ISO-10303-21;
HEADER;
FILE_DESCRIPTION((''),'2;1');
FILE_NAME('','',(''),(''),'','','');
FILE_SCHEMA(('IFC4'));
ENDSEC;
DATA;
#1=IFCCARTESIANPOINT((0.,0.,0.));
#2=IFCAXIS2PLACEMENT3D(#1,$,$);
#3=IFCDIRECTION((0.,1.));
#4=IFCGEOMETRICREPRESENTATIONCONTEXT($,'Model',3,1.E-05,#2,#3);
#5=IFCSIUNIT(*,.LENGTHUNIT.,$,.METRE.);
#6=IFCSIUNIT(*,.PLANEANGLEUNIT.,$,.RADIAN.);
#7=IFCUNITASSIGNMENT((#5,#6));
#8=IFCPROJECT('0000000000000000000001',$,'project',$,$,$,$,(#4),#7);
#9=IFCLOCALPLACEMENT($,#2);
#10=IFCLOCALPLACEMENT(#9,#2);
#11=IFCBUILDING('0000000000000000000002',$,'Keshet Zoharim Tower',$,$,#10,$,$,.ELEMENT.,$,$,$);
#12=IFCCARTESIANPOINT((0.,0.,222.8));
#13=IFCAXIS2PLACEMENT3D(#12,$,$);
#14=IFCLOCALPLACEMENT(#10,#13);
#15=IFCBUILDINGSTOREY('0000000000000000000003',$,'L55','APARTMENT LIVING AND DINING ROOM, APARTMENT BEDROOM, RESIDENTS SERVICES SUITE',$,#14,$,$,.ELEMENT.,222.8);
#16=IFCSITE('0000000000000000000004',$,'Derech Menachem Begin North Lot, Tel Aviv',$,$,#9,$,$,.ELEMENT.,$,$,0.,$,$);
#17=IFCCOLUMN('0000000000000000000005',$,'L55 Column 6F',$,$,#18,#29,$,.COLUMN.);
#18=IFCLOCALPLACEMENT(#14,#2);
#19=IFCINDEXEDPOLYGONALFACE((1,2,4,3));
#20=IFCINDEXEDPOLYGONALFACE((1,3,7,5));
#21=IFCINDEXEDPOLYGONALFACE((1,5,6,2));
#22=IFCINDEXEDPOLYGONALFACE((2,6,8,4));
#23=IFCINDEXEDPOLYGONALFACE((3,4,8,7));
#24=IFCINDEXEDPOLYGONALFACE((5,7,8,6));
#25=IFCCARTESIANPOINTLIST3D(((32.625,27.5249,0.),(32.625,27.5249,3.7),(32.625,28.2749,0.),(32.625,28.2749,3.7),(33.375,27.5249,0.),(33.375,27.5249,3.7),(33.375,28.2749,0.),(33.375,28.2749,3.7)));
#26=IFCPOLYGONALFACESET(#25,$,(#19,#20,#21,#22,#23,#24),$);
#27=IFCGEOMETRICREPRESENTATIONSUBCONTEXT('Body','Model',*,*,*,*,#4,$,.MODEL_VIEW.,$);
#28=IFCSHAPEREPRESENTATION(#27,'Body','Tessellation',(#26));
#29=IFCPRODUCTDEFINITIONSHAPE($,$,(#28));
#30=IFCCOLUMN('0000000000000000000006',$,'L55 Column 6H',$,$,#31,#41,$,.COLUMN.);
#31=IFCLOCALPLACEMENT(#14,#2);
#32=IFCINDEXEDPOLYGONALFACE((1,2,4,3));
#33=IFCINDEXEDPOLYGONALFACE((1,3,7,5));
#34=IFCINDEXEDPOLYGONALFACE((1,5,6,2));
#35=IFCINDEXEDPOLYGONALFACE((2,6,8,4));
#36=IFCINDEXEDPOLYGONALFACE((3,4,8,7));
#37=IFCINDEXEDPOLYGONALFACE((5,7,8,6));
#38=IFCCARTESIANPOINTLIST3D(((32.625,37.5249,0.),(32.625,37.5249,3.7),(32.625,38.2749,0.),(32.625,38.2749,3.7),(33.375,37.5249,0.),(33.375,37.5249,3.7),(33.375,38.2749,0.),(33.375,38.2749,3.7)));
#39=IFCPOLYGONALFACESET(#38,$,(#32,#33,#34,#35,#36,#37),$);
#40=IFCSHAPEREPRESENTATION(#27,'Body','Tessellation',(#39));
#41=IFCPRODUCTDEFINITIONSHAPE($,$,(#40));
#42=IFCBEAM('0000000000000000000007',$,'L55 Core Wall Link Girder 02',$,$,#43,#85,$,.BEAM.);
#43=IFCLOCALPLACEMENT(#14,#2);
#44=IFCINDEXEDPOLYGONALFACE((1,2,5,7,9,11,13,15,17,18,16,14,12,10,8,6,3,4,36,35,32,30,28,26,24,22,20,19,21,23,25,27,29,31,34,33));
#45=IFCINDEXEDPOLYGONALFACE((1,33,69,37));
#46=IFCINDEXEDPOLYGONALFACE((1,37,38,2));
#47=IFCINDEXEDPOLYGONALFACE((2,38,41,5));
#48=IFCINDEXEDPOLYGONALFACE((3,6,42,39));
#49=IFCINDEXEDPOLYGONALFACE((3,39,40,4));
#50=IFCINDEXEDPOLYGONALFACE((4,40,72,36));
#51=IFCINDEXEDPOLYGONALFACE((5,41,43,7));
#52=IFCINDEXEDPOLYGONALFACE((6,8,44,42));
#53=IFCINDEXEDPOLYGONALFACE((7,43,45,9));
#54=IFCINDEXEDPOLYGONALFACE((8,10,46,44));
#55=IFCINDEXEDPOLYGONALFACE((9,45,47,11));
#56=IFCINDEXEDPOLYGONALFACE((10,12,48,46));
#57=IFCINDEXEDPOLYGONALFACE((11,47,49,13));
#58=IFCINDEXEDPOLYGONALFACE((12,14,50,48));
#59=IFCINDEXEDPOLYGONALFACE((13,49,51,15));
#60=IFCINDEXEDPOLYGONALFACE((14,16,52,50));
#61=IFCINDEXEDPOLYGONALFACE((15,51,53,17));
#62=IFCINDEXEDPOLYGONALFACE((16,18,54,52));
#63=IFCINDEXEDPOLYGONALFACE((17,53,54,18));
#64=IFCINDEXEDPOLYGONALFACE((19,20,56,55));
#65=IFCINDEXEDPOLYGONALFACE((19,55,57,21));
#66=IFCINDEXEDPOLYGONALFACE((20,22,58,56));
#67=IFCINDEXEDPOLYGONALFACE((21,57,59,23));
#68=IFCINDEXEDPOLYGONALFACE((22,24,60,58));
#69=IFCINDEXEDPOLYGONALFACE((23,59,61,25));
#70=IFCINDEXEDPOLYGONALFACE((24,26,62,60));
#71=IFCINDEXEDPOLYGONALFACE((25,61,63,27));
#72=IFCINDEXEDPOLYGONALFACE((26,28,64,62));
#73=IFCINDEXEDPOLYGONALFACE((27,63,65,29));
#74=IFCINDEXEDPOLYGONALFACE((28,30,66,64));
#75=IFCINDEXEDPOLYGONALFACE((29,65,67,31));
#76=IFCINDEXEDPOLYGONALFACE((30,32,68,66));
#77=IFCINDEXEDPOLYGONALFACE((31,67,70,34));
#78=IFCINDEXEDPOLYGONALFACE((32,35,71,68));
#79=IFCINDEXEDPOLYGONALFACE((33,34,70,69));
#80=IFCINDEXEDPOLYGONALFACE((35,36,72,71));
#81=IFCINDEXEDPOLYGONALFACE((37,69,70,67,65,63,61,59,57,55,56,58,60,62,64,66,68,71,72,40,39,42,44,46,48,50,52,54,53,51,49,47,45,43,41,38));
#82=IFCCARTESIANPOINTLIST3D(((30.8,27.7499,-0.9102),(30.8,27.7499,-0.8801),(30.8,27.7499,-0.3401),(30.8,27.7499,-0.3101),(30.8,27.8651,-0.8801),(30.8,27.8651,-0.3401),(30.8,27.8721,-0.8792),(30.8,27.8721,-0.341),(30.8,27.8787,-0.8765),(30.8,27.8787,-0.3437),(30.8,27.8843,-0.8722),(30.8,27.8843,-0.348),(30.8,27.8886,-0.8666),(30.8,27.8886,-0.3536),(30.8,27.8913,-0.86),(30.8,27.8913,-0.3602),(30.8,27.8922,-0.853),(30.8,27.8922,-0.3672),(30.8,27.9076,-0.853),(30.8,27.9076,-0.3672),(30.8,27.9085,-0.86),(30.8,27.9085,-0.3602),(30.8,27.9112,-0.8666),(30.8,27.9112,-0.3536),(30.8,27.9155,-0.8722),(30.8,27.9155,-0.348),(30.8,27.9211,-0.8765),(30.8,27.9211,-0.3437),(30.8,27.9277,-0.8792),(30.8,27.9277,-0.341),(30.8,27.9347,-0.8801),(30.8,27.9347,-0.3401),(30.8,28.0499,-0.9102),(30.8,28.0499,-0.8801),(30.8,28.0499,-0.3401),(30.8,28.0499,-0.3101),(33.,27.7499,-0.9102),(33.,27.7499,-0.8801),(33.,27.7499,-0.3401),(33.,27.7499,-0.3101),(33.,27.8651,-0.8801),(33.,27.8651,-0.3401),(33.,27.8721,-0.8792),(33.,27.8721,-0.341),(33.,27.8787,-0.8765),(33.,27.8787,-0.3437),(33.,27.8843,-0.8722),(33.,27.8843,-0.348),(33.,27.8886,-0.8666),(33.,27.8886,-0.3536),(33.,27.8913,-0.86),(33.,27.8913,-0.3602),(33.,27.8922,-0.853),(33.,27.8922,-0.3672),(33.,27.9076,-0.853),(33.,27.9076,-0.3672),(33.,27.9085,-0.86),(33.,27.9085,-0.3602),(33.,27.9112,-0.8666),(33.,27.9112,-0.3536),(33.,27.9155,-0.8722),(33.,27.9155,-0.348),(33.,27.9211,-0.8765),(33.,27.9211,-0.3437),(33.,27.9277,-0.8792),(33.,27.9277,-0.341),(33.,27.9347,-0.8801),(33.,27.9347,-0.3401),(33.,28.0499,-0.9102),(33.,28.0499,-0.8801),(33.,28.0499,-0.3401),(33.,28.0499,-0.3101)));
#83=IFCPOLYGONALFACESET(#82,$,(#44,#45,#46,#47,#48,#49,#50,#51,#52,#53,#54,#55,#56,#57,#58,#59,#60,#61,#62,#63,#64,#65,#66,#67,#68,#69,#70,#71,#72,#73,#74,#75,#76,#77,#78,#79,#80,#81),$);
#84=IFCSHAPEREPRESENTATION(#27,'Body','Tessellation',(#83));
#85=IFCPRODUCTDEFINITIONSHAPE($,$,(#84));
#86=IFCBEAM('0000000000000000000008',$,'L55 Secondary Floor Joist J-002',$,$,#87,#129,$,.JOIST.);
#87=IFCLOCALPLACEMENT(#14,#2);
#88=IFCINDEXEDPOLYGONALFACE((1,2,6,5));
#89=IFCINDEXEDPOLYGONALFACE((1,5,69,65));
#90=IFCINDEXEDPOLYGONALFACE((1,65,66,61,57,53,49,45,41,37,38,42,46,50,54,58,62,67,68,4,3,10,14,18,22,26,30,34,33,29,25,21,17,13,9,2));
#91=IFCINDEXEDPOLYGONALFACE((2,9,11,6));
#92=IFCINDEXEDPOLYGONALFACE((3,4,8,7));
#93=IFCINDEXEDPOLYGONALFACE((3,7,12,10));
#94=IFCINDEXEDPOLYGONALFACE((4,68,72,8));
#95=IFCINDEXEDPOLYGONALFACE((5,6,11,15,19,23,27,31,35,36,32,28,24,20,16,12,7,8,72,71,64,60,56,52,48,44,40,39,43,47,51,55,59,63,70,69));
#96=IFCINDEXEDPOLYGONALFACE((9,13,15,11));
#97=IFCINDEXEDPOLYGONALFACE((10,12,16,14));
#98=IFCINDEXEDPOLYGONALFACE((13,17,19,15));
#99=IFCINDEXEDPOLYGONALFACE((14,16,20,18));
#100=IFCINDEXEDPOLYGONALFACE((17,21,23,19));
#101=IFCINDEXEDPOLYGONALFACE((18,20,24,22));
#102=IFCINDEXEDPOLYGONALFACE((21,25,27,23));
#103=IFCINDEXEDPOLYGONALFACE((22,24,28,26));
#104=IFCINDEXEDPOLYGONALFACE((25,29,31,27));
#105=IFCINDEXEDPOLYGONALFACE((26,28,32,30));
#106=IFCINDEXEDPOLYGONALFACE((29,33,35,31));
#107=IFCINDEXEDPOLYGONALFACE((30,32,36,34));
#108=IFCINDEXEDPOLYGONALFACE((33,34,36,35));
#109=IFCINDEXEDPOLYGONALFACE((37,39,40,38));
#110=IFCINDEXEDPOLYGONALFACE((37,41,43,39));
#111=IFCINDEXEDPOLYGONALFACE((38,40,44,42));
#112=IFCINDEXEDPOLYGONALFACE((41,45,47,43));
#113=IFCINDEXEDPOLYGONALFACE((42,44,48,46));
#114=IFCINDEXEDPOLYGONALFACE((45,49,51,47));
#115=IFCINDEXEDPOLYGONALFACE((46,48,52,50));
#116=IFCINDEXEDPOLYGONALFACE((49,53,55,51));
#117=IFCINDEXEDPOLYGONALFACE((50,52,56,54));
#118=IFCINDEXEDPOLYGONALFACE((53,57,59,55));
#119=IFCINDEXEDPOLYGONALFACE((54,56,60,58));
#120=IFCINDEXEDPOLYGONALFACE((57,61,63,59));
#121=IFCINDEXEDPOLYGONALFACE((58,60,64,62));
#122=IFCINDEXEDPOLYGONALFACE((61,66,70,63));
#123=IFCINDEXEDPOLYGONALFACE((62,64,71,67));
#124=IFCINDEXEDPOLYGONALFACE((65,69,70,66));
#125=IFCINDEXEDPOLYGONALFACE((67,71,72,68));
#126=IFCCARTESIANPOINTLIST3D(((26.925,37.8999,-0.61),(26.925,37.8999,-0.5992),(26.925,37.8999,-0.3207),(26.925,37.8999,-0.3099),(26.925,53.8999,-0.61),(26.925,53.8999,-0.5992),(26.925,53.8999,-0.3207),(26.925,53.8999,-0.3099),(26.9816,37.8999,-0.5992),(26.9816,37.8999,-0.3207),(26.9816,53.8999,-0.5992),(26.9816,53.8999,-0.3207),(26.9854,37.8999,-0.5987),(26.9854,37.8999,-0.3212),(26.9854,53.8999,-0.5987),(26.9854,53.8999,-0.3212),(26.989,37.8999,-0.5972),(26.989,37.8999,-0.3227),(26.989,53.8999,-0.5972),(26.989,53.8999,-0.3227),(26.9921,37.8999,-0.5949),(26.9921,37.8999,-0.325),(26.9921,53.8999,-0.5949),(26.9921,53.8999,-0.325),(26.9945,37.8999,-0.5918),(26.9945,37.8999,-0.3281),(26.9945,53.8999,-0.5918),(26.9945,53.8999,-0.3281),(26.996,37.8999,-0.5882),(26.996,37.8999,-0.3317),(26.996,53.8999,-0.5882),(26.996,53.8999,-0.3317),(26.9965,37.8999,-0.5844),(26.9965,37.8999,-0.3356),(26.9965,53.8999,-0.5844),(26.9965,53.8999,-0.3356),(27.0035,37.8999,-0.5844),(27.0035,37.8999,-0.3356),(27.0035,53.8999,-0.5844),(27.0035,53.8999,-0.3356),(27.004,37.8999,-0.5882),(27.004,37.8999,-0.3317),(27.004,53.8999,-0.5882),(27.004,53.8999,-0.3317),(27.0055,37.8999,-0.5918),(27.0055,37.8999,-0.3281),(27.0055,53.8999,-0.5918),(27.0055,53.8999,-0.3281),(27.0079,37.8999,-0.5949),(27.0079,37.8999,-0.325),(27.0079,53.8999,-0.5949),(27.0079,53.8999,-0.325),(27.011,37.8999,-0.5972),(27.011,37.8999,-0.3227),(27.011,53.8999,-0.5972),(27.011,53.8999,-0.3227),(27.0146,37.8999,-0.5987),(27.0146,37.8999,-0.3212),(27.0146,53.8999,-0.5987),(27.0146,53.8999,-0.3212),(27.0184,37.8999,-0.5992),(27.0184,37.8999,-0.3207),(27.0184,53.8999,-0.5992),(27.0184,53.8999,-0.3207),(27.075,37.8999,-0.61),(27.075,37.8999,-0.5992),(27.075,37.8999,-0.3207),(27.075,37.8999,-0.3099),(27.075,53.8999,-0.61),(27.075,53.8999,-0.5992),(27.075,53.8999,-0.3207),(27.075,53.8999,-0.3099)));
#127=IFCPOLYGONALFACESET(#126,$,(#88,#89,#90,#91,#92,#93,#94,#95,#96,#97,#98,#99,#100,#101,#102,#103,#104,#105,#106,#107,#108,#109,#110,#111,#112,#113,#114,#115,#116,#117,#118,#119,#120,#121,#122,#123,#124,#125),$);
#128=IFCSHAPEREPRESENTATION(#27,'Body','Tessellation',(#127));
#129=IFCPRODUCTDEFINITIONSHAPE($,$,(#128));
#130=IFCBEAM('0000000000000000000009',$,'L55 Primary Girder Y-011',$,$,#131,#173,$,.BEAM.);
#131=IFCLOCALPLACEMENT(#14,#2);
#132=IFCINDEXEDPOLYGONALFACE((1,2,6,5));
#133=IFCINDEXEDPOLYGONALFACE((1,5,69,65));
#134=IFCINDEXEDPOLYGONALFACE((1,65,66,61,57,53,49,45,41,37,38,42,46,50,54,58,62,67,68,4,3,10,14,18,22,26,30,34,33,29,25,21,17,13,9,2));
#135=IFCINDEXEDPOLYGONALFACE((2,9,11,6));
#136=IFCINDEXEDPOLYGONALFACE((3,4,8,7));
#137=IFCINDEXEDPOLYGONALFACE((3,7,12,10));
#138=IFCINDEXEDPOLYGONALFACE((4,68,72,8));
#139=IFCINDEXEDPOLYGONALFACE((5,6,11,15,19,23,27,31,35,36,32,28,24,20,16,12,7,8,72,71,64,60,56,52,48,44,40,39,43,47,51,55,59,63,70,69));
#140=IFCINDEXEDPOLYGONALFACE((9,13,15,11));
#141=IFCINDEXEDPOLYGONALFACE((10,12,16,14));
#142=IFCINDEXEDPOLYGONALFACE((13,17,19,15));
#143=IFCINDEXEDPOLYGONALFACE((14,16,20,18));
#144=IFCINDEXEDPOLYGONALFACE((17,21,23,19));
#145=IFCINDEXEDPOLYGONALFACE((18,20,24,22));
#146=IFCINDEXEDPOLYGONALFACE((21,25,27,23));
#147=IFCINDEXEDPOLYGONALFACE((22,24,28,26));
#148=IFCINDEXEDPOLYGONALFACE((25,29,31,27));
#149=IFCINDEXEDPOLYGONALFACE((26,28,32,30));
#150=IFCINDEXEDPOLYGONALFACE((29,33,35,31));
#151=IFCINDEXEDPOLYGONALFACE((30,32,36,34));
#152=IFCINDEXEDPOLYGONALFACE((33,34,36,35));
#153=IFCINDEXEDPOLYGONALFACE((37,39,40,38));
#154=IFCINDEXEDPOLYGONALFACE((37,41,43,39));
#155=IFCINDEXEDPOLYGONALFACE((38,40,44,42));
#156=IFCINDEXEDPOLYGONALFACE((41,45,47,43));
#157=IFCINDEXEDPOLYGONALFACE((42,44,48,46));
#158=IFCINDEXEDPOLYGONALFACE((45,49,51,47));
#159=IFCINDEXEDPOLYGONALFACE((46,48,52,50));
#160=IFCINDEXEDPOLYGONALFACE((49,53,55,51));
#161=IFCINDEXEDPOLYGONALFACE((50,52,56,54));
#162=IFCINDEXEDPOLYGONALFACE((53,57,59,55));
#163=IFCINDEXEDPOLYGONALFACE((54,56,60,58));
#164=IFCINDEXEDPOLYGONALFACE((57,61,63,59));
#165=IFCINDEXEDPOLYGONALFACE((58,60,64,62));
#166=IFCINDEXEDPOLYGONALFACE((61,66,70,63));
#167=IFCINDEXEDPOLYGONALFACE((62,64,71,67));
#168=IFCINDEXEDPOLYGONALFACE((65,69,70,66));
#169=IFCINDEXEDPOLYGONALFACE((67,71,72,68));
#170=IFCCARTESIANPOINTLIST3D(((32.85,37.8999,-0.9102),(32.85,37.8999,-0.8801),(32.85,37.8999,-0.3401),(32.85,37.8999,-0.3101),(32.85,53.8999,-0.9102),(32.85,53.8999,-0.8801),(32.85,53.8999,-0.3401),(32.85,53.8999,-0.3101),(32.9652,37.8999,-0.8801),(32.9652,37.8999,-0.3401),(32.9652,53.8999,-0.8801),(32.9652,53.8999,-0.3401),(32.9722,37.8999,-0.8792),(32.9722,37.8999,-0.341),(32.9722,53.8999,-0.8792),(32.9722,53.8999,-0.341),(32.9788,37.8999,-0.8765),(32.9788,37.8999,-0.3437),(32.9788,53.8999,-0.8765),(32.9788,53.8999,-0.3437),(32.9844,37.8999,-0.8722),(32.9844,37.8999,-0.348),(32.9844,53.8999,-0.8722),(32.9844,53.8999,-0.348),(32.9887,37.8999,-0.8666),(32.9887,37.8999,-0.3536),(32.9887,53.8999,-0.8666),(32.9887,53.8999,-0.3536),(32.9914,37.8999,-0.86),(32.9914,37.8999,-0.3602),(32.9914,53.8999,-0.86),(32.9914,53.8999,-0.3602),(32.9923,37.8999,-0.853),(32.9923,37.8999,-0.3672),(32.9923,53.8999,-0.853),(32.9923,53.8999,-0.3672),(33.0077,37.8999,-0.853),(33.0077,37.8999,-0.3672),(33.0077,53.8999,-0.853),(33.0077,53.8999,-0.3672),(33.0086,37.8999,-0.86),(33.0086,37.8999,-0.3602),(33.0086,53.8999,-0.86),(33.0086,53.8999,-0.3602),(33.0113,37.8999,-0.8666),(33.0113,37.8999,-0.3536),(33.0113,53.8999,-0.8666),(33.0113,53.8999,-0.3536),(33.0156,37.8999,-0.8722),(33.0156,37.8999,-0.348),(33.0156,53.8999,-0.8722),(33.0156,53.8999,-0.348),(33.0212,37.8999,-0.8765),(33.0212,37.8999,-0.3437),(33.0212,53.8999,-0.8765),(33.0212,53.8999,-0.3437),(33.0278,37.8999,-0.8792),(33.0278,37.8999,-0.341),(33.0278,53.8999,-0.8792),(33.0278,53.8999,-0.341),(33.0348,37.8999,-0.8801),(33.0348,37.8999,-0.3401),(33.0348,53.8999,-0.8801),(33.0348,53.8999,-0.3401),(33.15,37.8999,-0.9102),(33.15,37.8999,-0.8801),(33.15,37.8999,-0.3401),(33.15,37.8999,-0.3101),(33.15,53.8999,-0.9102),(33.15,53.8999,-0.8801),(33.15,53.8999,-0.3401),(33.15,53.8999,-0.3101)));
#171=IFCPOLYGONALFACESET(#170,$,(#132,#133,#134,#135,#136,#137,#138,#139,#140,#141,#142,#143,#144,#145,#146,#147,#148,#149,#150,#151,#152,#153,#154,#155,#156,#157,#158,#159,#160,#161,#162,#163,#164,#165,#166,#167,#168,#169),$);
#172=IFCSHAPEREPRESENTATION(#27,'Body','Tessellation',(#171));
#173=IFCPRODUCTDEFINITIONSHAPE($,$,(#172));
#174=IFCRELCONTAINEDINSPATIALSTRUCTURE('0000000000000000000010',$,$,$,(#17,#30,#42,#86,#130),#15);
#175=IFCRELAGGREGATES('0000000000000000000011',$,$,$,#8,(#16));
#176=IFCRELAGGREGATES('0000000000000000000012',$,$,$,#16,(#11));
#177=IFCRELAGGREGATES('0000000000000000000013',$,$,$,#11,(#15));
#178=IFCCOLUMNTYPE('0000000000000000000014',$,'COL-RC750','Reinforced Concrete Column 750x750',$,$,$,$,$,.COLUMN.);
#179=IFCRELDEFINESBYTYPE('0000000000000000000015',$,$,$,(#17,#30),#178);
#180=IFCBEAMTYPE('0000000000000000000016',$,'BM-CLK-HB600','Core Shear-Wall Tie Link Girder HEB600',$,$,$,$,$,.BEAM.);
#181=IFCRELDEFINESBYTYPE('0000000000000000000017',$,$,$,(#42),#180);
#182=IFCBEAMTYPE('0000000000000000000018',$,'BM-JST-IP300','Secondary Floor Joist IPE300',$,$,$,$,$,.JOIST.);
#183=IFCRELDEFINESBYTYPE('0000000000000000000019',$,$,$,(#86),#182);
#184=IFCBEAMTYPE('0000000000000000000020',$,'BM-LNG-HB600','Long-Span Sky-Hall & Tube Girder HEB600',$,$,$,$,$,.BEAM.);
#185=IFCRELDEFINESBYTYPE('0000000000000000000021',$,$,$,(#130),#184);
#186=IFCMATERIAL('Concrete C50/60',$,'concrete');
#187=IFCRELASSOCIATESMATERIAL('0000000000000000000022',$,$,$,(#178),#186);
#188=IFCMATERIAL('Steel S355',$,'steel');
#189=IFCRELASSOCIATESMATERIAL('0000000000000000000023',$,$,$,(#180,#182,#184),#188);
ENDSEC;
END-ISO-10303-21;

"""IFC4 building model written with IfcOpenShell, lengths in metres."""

from ifc_helpers import new_model, si_unit, direction, frame, origin, origin_2d, place, context, subcontext, project, spatial, rectangle, i_section, extrude, material, material_profile, profile_set, type_object, element, save


model = new_model("IFC4")

# Units and contexts
model_context = context("Model", 3, precision=1e-05, world=origin(), true_north=direction((0.0, 1.0)))
body_context = subcontext(model_context, "Body", "Model", "MODEL_VIEW")
ifc_project = project(units=[si_unit("LENGTHUNIT", "METRE"), si_unit("PLANEANGLEUNIT", "RADIAN")], contexts=[model_context])

# Site, building, storey
site_placement = place(None, origin())
site = spatial("IfcSite", under=ifc_project, at=site_placement, Name="Derech Menachem Begin North Lot, Tel Aviv", CompositionType="ELEMENT", RefElevation=0.0)
building_placement = place(site_placement, origin())
building = spatial("IfcBuilding", under=site, at=building_placement, Name="Keshet Zoharim Tower", CompositionType="ELEMENT")
storey_placement = place(building_placement, frame((0.0, 0.0, 222.8)))
storey = spatial("IfcBuildingStorey", under=building, at=storey_placement, Name="L55", Description="APARTMENT LIVING AND DINING ROOM, APARTMENT BEDROOM, RESIDENTS SERVICES SUITE", CompositionType="ELEMENT", Elevation=222.8)

# Columns
ifc_material_1 = material(Name="Concrete C50/60", Category="concrete")
ifc_material_profile_1 = material_profile(ifc_material_1, rectangle(XDim=0.75, YDim=0.75, at=origin_2d()), Name="RC750x750")
ifc_profile_set_1 = profile_set([ifc_material_profile_1], Name="Concrete C50/60")
column_type = type_object("IfcColumnType", Name="COL-RC750", Description="Reinforced Concrete Column 750x750", PredefinedType="COLUMN", material=ifc_profile_set_1)
for number, where, z_axis, x_axis, name in (
    (1, (33.0, 27.8999, 0.0), (0.0, 0.0, 1.0), (1.0, 0.0, 0.0), "L55 Column 6F"),
    (2, (33.0, 37.8999, 0.0), (0.0, 0.0, 1.0), (1.0, 0.0, 0.0), "L55 Column 6H"),
):
    element("IfcColumn", number, at=place(storey_placement, frame(where, z_axis=z_axis, x_axis=x_axis)), inside=storey, type_object=column_type, Name=name, PredefinedType="COLUMN", context=body_context, shape_type="SweptSolid", body=[
        extrude(rectangle(XDim=0.75, YDim=0.75, at=origin_2d()), origin(), (0.0, 0.0, 1.0), 3.7),
    ])

# Beams
ifc_material_2 = material(Name="Steel S355", Category="steel")
ifc_material_profile_2 = material_profile(ifc_material_2, i_section(OverallWidth=0.3, OverallDepth=0.6001, WebThickness=0.0154, FlangeThickness=0.03, FilletRadius=0.0271, at=origin_2d()), Name="HEB600")
ifc_profile_set_2 = profile_set([ifc_material_profile_2], Name="Steel S355")
beam_type_1 = type_object("IfcBeamType", Name="BM-CLK-HB600", Description="Core Shear-Wall Tie Link Girder HEB600", PredefinedType="BEAM", material=ifc_profile_set_2)
beam_1_placement = place(storey_placement, frame((30.8, 27.8999, -0.6101), z_axis=(1.0, 0.0, 0.0), x_axis=(0.0, 1.0, 0.0)))
element("IfcBeam", 3, at=beam_1_placement, inside=storey, type_object=beam_type_1, Name="L55 Core Wall Link Girder 02", PredefinedType="BEAM", context=body_context, shape_type="SweptSolid", body=[
    extrude(i_section(OverallWidth=0.3, OverallDepth=0.6001, WebThickness=0.0154, FlangeThickness=0.03, FilletRadius=0.0271, at=origin_2d()), origin(), (0.0, 0.0, 1.0), 2.2),
])
ifc_material_profile_3 = material_profile(ifc_material_2, i_section(OverallWidth=0.1499, OverallDepth=0.3, WebThickness=0.0071, FlangeThickness=0.0107, FilletRadius=0.0149, at=origin_2d()), Name="IPE300")
ifc_profile_set_3 = profile_set([ifc_material_profile_3], Name="Steel S355")
beam_type_2 = type_object("IfcBeamType", Name="BM-JST-IP300", Description="Secondary Floor Joist IPE300", PredefinedType="JOIST", material=ifc_profile_set_3)
beam_2_placement = place(storey_placement, frame((27.0, 37.8999, -0.46), z_axis=(0.0, 1.0, 0.0), x_axis=(-1.0, 0.0, 0.0)))
element("IfcBeam", 4, at=beam_2_placement, inside=storey, type_object=beam_type_2, Name="L55 Secondary Floor Joist J-002", PredefinedType="JOIST", context=body_context, shape_type="SweptSolid", body=[
    extrude(i_section(OverallWidth=0.1499, OverallDepth=0.3, WebThickness=0.0071, FlangeThickness=0.0107, FilletRadius=0.0149, at=origin_2d()), origin(), (0.0, 0.0, 1.0), 16.0),
])
ifc_material_profile_4 = material_profile(ifc_material_2, i_section(OverallWidth=0.3, OverallDepth=0.6001, WebThickness=0.0154, FlangeThickness=0.03, FilletRadius=0.0271, at=origin_2d()), Name="HEB600")
ifc_profile_set_4 = profile_set([ifc_material_profile_4], Name="Steel S355")
beam_type_3 = type_object("IfcBeamType", Name="BM-LNG-HB600", Description="Long-Span Sky-Hall & Tube Girder HEB600", PredefinedType="BEAM", material=ifc_profile_set_4)
beam_3_placement = place(storey_placement, frame((33.0, 37.8999, -0.6101), z_axis=(0.0, 1.0, 0.0), x_axis=(-1.0, 0.0, 0.0)))
element("IfcBeam", 5, at=beam_3_placement, inside=storey, type_object=beam_type_3, Name="L55 Primary Girder Y-011", PredefinedType="BEAM", context=body_context, shape_type="SweptSolid", body=[
    extrude(i_section(OverallWidth=0.3, OverallDepth=0.6001, WebThickness=0.0154, FlangeThickness=0.03, FilletRadius=0.0271, at=origin_2d()), origin(), (0.0, 0.0, 1.0), 16.0),
])

save(model, "model.ifc")
